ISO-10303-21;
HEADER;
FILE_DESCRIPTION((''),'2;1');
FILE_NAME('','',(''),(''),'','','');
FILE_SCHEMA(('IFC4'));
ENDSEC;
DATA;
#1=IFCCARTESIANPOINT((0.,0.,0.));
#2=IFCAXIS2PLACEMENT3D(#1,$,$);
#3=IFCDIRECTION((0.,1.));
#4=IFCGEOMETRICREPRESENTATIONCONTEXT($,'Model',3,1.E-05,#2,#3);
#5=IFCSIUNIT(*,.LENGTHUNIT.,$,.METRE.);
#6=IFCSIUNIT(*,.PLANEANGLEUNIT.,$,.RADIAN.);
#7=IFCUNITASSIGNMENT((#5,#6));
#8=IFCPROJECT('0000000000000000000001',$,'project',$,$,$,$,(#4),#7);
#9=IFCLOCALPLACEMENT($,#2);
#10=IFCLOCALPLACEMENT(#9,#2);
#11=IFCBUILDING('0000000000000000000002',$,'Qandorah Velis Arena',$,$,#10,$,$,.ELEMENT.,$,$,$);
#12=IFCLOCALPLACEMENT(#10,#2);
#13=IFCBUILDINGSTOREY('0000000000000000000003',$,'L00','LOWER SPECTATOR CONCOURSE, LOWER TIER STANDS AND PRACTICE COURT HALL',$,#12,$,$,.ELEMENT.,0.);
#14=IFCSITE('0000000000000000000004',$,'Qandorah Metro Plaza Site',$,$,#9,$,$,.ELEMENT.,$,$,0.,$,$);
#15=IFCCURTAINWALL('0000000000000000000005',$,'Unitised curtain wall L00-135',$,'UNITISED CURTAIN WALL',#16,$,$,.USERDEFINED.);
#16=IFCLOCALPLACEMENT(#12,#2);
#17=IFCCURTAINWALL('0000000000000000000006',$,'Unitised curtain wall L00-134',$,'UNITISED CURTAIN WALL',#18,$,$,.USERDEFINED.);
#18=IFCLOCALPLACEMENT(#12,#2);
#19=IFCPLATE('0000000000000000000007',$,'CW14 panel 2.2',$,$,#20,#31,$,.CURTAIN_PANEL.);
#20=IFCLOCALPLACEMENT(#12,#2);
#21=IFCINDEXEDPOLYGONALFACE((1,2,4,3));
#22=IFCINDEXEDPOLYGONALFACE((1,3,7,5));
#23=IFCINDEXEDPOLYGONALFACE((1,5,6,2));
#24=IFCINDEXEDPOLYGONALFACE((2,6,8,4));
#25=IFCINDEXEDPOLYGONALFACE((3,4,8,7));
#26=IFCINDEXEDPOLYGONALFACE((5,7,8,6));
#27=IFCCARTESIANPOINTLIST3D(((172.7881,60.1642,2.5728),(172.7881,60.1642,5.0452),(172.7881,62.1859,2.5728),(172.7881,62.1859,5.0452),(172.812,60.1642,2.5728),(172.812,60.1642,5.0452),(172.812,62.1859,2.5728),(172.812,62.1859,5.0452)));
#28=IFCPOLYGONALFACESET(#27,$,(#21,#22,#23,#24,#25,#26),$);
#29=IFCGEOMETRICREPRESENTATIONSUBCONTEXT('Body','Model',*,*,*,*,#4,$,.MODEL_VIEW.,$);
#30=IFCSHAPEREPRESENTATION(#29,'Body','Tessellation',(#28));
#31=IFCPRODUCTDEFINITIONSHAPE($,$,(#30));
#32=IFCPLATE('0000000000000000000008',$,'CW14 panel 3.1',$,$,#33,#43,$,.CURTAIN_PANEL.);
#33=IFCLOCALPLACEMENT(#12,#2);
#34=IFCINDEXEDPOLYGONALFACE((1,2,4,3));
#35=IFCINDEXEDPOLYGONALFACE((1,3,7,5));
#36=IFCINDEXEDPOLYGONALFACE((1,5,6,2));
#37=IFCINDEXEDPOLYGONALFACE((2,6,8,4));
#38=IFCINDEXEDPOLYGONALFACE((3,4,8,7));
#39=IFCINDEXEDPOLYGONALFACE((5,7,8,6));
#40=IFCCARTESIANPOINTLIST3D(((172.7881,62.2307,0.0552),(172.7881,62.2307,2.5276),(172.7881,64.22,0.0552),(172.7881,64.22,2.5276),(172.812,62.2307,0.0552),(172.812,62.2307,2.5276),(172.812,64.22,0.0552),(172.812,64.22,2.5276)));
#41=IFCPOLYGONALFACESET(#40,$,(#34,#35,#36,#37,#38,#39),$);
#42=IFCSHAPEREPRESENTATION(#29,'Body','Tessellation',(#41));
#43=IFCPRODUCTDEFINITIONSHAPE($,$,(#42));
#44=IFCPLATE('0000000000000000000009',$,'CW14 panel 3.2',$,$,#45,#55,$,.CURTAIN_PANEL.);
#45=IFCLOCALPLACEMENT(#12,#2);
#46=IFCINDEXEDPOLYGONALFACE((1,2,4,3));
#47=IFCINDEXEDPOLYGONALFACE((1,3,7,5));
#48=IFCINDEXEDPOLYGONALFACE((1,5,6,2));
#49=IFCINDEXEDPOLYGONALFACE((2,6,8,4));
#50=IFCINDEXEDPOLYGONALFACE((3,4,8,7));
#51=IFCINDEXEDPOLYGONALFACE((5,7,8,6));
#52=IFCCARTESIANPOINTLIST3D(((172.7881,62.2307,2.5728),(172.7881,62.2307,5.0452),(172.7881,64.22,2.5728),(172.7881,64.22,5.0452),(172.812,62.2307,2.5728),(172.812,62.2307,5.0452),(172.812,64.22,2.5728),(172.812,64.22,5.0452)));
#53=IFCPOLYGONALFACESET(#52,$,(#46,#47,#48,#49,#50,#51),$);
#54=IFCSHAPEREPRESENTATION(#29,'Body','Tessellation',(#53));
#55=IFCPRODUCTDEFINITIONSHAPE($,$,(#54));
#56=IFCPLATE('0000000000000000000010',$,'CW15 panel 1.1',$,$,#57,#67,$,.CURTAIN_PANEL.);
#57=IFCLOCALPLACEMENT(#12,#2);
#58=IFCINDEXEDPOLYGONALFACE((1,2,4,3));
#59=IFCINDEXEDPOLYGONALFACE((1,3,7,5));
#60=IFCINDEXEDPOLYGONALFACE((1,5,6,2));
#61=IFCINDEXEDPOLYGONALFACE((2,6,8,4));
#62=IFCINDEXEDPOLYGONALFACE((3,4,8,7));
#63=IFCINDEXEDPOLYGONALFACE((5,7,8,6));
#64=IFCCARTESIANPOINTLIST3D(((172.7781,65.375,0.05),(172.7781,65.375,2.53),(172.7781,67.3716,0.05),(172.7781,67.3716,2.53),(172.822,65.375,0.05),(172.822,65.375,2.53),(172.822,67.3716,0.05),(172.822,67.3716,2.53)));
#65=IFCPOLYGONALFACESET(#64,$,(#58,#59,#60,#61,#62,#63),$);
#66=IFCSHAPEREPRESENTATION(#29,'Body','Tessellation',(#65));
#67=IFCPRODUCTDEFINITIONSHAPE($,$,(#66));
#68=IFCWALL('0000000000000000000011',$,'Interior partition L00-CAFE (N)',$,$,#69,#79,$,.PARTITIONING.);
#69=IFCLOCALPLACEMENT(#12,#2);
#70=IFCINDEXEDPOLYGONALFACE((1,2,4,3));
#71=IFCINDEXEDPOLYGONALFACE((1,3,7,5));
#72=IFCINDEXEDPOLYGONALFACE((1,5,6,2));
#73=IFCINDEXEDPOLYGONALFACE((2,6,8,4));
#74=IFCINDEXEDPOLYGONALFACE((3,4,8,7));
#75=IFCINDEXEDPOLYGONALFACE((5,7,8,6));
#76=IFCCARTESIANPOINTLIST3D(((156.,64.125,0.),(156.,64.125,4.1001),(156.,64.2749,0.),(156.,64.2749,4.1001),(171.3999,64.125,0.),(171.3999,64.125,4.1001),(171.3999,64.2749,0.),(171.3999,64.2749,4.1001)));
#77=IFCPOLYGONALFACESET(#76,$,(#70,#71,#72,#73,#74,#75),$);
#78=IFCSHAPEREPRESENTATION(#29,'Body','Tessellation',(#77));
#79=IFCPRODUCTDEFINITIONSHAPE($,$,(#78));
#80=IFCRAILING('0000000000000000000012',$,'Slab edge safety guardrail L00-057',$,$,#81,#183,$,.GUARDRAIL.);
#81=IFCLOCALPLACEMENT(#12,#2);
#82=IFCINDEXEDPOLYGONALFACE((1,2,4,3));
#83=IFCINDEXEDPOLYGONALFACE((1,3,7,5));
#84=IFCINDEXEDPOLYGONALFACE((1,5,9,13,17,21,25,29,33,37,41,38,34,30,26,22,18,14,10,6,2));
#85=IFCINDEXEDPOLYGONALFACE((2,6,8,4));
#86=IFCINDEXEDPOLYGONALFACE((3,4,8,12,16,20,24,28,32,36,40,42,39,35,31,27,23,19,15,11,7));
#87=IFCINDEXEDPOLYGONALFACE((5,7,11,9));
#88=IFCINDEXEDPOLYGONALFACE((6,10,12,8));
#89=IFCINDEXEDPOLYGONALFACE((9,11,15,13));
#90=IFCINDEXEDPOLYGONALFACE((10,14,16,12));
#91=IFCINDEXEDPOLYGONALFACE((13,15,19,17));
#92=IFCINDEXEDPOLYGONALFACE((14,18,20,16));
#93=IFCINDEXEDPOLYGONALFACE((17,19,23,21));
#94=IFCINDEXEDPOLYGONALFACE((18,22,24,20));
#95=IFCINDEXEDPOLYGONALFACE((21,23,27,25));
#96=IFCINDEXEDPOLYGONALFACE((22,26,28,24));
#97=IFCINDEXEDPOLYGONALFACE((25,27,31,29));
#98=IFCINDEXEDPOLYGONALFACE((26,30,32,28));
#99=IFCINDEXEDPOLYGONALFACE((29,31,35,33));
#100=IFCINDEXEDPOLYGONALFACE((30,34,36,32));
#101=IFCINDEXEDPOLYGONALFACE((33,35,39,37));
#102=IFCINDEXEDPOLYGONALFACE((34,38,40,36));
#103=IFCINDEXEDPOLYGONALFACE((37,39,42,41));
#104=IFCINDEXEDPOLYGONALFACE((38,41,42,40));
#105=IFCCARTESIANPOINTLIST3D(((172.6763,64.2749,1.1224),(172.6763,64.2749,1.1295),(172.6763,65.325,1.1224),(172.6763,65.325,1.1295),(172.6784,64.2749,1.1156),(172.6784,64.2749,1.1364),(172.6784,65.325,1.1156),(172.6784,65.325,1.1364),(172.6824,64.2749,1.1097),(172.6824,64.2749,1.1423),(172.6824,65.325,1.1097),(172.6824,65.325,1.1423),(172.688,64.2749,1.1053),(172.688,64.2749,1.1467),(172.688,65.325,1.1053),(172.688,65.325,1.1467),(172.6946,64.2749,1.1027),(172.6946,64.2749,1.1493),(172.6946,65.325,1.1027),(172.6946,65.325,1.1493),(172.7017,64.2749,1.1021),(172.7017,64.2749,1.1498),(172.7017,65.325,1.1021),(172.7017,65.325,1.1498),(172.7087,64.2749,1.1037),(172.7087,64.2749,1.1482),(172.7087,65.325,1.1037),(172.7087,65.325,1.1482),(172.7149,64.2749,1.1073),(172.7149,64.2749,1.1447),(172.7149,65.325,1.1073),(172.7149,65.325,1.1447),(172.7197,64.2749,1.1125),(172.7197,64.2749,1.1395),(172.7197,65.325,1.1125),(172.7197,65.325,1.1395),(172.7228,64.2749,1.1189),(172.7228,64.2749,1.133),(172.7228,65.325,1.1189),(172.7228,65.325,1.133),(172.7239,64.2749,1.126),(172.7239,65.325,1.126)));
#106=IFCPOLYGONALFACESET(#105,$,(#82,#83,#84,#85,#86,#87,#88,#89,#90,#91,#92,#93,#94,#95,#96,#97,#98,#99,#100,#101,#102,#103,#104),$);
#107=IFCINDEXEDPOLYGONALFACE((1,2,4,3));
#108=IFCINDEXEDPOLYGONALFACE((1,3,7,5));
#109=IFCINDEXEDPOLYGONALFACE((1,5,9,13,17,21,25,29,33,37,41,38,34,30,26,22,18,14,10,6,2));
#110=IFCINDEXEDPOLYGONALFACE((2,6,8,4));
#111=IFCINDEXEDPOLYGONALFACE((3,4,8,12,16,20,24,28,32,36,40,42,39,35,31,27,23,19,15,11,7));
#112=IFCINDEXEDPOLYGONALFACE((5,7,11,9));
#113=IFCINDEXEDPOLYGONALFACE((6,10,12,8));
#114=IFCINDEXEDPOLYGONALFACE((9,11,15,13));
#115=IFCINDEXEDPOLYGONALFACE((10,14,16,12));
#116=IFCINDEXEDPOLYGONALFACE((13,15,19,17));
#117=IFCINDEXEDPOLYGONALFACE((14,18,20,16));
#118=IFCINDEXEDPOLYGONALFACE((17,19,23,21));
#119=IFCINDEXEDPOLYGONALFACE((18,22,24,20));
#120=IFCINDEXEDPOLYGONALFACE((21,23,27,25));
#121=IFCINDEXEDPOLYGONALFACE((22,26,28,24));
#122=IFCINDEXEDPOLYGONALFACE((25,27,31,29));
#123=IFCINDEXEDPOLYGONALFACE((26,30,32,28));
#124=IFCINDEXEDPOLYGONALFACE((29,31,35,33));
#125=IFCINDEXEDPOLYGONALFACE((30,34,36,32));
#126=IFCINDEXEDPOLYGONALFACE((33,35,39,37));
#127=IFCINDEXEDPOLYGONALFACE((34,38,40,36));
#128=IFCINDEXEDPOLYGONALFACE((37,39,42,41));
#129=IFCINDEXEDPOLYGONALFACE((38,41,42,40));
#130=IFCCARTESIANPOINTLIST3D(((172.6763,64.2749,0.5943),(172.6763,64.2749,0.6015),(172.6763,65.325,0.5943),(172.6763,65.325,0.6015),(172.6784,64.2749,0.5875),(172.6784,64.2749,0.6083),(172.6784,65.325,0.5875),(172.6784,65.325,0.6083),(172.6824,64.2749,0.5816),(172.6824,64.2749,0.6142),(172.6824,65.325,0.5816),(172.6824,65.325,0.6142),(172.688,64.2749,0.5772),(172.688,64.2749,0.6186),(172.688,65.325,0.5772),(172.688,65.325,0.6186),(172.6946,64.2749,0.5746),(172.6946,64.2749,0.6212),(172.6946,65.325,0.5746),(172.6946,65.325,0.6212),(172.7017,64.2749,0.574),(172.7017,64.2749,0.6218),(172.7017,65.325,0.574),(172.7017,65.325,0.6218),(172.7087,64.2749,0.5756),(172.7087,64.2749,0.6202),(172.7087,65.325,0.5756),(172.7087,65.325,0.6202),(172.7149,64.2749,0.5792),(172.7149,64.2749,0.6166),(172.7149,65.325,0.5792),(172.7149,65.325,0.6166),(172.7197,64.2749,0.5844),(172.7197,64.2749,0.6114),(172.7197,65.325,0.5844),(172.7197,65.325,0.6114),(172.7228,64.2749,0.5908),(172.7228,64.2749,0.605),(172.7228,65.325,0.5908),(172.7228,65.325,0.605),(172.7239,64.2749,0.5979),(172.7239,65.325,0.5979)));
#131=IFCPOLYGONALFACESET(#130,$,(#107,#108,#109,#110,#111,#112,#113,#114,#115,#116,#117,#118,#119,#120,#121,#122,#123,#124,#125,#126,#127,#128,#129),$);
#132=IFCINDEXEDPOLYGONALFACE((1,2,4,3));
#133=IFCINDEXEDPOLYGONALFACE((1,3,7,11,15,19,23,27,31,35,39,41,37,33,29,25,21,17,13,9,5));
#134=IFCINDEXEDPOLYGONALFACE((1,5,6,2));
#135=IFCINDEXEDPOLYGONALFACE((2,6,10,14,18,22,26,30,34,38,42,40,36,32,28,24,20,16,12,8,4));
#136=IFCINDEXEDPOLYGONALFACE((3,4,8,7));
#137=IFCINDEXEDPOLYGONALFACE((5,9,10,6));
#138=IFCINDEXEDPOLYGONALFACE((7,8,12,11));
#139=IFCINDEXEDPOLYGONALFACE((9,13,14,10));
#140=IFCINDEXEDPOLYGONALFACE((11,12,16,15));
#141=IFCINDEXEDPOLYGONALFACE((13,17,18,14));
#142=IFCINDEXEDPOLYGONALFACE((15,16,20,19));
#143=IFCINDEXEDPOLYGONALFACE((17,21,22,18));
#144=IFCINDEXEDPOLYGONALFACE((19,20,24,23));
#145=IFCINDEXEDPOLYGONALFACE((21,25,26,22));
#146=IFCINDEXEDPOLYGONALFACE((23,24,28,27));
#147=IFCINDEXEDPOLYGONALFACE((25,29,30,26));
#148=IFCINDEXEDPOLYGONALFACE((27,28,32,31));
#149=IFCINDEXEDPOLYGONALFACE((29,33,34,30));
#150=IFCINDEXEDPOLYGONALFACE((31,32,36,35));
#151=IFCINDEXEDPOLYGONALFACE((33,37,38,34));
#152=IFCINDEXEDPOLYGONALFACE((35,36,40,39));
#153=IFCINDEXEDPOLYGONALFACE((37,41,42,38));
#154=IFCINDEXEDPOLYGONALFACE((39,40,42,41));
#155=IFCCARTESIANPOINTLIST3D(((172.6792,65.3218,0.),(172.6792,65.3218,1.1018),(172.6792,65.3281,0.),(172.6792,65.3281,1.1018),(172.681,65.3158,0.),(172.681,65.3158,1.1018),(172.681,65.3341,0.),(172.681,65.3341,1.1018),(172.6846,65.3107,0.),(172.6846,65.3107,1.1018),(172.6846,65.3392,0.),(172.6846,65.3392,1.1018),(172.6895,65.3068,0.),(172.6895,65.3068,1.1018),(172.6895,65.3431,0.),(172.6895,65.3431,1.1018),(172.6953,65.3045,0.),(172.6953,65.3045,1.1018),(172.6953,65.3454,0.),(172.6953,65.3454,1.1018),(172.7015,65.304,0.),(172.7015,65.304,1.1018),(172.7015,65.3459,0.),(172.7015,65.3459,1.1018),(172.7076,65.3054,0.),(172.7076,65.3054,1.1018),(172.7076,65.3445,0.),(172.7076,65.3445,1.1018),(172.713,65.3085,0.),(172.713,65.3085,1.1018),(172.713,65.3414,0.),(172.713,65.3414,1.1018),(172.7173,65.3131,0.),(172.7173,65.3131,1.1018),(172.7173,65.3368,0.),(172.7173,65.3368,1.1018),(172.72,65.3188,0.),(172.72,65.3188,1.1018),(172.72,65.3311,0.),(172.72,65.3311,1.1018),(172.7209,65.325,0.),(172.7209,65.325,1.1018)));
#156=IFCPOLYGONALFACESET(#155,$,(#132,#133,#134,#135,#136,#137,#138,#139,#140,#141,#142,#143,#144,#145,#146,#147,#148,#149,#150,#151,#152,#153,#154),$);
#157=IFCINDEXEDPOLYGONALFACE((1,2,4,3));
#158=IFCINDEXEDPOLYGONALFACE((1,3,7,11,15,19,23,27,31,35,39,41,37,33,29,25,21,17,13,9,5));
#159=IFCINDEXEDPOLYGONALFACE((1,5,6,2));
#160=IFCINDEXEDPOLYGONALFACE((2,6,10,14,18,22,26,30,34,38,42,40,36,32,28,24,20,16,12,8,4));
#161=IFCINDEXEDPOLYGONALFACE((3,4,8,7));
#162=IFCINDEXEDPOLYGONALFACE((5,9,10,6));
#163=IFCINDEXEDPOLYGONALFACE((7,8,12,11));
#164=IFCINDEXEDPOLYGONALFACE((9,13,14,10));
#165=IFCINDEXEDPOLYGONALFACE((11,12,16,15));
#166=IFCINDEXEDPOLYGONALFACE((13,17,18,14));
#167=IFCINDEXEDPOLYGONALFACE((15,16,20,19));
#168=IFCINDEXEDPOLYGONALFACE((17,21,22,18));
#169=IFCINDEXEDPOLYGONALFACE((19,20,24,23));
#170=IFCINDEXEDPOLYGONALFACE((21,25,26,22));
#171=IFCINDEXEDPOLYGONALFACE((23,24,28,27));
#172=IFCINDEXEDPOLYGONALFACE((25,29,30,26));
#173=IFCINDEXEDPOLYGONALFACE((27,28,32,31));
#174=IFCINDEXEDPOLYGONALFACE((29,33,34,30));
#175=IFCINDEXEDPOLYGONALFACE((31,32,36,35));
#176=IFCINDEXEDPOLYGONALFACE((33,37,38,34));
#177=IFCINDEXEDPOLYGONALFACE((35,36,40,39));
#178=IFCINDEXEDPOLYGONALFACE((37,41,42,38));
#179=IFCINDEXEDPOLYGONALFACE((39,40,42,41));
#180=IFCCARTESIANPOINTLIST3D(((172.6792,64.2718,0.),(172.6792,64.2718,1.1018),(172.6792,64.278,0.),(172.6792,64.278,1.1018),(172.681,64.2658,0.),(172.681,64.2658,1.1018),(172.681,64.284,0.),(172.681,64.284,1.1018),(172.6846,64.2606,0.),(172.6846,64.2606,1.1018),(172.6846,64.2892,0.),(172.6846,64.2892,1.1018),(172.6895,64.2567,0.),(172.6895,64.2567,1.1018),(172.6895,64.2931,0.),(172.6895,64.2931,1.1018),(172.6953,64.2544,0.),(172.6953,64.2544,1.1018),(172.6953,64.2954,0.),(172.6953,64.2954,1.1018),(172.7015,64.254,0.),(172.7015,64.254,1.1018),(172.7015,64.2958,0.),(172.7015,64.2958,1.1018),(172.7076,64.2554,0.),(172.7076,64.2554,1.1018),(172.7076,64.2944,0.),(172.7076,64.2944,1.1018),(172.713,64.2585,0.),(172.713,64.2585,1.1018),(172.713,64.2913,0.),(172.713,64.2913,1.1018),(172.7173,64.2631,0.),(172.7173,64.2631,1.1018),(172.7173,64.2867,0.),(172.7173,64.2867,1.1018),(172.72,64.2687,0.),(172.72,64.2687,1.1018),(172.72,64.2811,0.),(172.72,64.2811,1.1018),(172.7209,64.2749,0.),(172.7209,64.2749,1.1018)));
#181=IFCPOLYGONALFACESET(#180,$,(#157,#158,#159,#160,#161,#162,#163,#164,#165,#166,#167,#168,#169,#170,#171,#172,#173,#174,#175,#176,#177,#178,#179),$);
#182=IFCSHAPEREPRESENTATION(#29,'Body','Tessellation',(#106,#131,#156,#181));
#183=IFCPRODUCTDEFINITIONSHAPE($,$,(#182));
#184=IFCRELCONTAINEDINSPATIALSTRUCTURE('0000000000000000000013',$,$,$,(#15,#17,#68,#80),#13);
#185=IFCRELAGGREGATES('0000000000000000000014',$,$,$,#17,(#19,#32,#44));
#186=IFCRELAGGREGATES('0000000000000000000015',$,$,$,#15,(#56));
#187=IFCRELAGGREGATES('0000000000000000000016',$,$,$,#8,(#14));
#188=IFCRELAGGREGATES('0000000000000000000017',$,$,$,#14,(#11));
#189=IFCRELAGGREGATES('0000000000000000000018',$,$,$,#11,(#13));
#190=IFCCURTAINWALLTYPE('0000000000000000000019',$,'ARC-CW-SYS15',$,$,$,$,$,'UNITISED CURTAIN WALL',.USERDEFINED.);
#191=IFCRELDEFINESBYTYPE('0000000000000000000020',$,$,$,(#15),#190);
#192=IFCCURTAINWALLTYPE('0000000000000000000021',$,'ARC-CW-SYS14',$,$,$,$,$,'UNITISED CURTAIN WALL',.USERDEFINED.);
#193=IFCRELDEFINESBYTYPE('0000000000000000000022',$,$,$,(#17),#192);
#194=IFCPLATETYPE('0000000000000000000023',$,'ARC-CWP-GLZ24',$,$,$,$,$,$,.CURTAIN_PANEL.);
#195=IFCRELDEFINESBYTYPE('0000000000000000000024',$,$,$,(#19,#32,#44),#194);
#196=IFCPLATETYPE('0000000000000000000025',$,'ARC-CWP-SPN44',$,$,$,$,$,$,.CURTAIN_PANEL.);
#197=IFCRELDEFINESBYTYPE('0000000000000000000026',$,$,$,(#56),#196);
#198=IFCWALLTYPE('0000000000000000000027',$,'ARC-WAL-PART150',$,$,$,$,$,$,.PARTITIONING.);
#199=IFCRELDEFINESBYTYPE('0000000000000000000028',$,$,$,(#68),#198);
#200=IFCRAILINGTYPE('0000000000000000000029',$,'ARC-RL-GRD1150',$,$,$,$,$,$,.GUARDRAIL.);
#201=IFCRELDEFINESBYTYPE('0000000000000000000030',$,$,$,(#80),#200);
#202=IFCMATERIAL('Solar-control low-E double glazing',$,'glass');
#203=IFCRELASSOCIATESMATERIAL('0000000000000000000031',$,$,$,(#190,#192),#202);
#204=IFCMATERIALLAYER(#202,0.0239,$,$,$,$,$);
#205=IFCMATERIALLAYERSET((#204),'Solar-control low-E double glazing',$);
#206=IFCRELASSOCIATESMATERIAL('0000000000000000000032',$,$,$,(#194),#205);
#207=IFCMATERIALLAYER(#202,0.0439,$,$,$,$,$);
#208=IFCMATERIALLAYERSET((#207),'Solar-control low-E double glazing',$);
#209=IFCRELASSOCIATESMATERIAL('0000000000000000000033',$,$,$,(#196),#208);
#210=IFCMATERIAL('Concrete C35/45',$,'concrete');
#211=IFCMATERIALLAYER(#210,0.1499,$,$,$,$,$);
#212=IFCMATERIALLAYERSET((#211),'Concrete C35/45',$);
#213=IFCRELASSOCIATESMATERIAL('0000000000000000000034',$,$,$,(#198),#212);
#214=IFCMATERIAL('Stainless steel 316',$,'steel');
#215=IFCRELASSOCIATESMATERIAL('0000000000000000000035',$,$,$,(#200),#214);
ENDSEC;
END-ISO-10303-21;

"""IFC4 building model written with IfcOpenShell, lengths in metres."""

from ifc_helpers import new_model, si_unit, direction, frame, frame_2d, origin, origin_2d, place, context, subcontext, project, spatial, rectangle, circle, extrude, material, layer, layer_set, type_object, element, aggregate, save


model = new_model("IFC4")

# Units and contexts
model_context = context("Model", 3, precision=1e-05, world=origin(), true_north=direction((0.0, 1.0)))
body_context = subcontext(model_context, "Body", "Model", "MODEL_VIEW")
ifc_project = project(units=[si_unit("LENGTHUNIT", "METRE"), si_unit("PLANEANGLEUNIT", "RADIAN")], contexts=[model_context])

# Site, building, storey
site_placement = place(None, origin())
site = spatial("IfcSite", under=ifc_project, at=site_placement, Name="Qandorah Metro Plaza Site", CompositionType="ELEMENT", RefElevation=0.0)
building_placement = place(site_placement, origin())
building = spatial("IfcBuilding", under=site, at=building_placement, Name="Qandorah Velis Arena", CompositionType="ELEMENT")
storey_placement = place(building_placement, origin())
storey = spatial("IfcBuildingStorey", under=building, at=storey_placement, Name="L00", Description="LOWER SPECTATOR CONCOURSE, LOWER TIER STANDS AND PRACTICE COURT HALL", CompositionType="ELEMENT", Elevation=0.0)

# Curtain wall
ifc_material_1 = material(Name="Solar-control low-E double glazing", Category="glass")
curtain_wall_type_1 = type_object("IfcCurtainWallType", Name="ARC-CW-SYS15", ElementType="UNITISED CURTAIN WALL", PredefinedType="USERDEFINED", material=ifc_material_1)
curtain_wall_1_placement = place(storey_placement, origin())
curtain_wall_1 = element("IfcCurtainWall", 1, at=curtain_wall_1_placement, inside=storey, type_object=curtain_wall_type_1, Name="Unitised curtain wall L00-135", ObjectType="UNITISED CURTAIN WALL", PredefinedType="USERDEFINED")

# Curtain wall
curtain_wall_type_2 = type_object("IfcCurtainWallType", Name="ARC-CW-SYS14", ElementType="UNITISED CURTAIN WALL", PredefinedType="USERDEFINED", material=ifc_material_1)
curtain_wall_2_placement = place(storey_placement, origin())
curtain_wall_2 = element("IfcCurtainWall", 2, at=curtain_wall_2_placement, inside=storey, type_object=curtain_wall_type_2, Name="Unitised curtain wall L00-134", ObjectType="UNITISED CURTAIN WALL", PredefinedType="USERDEFINED")

# Plates
ifc_layer_1 = layer(ifc_material_1, 0.0239)
ifc_layer_set_1 = layer_set([ifc_layer_1], Name="Solar-control low-E double glazing")
plate_type_1 = type_object("IfcPlateType", Name="ARC-CWP-GLZ24", PredefinedType="CURTAIN_PANEL", material=ifc_layer_set_1)
plate_1_placement = place(storey_placement, frame((172.8, 61.175, 2.5728), z_axis=(0.0, 0.0, 1.0), x_axis=(0.0, 1.0, 0.0)))
plate_1 = element("IfcPlate", 3, at=plate_1_placement, type_object=plate_type_1, Name="CW14 panel 2.2", PredefinedType="CURTAIN_PANEL", context=body_context, shape_type="SweptSolid", body=[
    extrude(rectangle(XDim=2.0217, YDim=0.0239, at=origin_2d()), origin(), (0.0, 0.0, 1.0), 2.4724),
])
plate_2_placement = place(storey_placement, frame((172.8, 63.2253, 0.0552), z_axis=(0.0, 0.0, 1.0), x_axis=(0.0, 1.0, 0.0)))
plate_2 = element("IfcPlate", 4, at=plate_2_placement, type_object=plate_type_1, Name="CW14 panel 3.1", PredefinedType="CURTAIN_PANEL", context=body_context, shape_type="SweptSolid", body=[
    extrude(rectangle(XDim=1.9893, YDim=0.0239, at=origin_2d()), origin(), (0.0, 0.0, 1.0), 2.4724),
])
plate_3_placement = place(storey_placement, frame((172.8, 63.2253, 2.5728), z_axis=(0.0, 0.0, 1.0), x_axis=(0.0, 1.0, 0.0)))
plate_3 = element("IfcPlate", 5, at=plate_3_placement, type_object=plate_type_1, Name="CW14 panel 3.2", PredefinedType="CURTAIN_PANEL", context=body_context, shape_type="SweptSolid", body=[
    extrude(rectangle(XDim=1.9893, YDim=0.0239, at=origin_2d()), origin(), (0.0, 0.0, 1.0), 2.4724),
])
aggregate(curtain_wall_2, [plate_1, plate_2, plate_3])
ifc_layer_2 = layer(ifc_material_1, 0.0439)
ifc_layer_set_2 = layer_set([ifc_layer_2], Name="Solar-control low-E double glazing")
plate_type_2 = type_object("IfcPlateType", Name="ARC-CWP-SPN44", PredefinedType="CURTAIN_PANEL", material=ifc_layer_set_2)
plate_4_placement = place(storey_placement, frame((172.8, 66.3733, 0.05), z_axis=(0.0, 0.0, 1.0), x_axis=(0.0, 1.0, 0.0)))
plate_4 = element("IfcPlate", 6, at=plate_4_placement, type_object=plate_type_2, Name="CW15 panel 1.1", PredefinedType="CURTAIN_PANEL", context=body_context, shape_type="SweptSolid", body=[
    extrude(rectangle(XDim=1.9966, YDim=0.0439, at=origin_2d()), origin(), (0.0, 0.0, 1.0), 2.48),
])
aggregate(curtain_wall_1, [plate_4])

# Wall
ifc_material_2 = material(Name="Concrete C35/45", Category="concrete")
ifc_layer_3 = layer(ifc_material_2, 0.1499)
ifc_layer_set_3 = layer_set([ifc_layer_3], Name="Concrete C35/45")
wall_type = type_object("IfcWallType", Name="ARC-WAL-PART150", PredefinedType="PARTITIONING", material=ifc_layer_set_3)
wall_placement = place(storey_placement, frame((171.3999, 64.2, 0.0), z_axis=(0.0, 0.0, 1.0), x_axis=(-1.0, 0.0, 0.0)))
element("IfcWall", 7, at=wall_placement, inside=storey, type_object=wall_type, Name="Interior partition L00-CAFE (N)", PredefinedType="PARTITIONING", context=body_context, shape_type="SweptSolid", body=[
    extrude(rectangle(XDim=15.3999, YDim=0.1499, at=frame_2d((7.7, 0.0))), origin(), (0.0, 0.0, 1.0), 4.1001),
])

# Railing
ifc_material_3 = material(Name="Stainless steel 316", Category="steel")
railing_type = type_object("IfcRailingType", Name="ARC-RL-GRD1150", PredefinedType="GUARDRAIL", material=ifc_material_3)
railing_placement = place(storey_placement, frame((172.7, 65.325, 0.0)))
element("IfcRailing", 8, at=railing_placement, inside=storey, type_object=railing_type, Name="Slab edge safety guardrail L00-057", PredefinedType="GUARDRAIL", context=body_context, shape_type="SweptSolid", body=[
    extrude(circle(Radius=0.0239, at=origin_2d()), frame((0.0, 0.0, 1.126), z_axis=(0.0, -1.0, 0.0), x_axis=(1.0, 0.0, 0.0)), (0.0, 0.0, 1.0), 1.05),
    extrude(circle(Radius=0.0239, at=origin_2d()), frame((0.0, 0.0, 0.5979), z_axis=(0.0, -1.0, 0.0), x_axis=(1.0, 0.0, 0.0)), (0.0, 0.0, 1.0), 1.05),
    extrude(circle(Radius=0.021, at=origin_2d()), origin(), (0.0, 0.0, 1.0), 1.1018),
    extrude(circle(Radius=0.021, at=origin_2d()), frame((0.0, -1.05, 0.0)), (0.0, 0.0, 1.0), 1.1018),
])

save(model, "model.ifc")
